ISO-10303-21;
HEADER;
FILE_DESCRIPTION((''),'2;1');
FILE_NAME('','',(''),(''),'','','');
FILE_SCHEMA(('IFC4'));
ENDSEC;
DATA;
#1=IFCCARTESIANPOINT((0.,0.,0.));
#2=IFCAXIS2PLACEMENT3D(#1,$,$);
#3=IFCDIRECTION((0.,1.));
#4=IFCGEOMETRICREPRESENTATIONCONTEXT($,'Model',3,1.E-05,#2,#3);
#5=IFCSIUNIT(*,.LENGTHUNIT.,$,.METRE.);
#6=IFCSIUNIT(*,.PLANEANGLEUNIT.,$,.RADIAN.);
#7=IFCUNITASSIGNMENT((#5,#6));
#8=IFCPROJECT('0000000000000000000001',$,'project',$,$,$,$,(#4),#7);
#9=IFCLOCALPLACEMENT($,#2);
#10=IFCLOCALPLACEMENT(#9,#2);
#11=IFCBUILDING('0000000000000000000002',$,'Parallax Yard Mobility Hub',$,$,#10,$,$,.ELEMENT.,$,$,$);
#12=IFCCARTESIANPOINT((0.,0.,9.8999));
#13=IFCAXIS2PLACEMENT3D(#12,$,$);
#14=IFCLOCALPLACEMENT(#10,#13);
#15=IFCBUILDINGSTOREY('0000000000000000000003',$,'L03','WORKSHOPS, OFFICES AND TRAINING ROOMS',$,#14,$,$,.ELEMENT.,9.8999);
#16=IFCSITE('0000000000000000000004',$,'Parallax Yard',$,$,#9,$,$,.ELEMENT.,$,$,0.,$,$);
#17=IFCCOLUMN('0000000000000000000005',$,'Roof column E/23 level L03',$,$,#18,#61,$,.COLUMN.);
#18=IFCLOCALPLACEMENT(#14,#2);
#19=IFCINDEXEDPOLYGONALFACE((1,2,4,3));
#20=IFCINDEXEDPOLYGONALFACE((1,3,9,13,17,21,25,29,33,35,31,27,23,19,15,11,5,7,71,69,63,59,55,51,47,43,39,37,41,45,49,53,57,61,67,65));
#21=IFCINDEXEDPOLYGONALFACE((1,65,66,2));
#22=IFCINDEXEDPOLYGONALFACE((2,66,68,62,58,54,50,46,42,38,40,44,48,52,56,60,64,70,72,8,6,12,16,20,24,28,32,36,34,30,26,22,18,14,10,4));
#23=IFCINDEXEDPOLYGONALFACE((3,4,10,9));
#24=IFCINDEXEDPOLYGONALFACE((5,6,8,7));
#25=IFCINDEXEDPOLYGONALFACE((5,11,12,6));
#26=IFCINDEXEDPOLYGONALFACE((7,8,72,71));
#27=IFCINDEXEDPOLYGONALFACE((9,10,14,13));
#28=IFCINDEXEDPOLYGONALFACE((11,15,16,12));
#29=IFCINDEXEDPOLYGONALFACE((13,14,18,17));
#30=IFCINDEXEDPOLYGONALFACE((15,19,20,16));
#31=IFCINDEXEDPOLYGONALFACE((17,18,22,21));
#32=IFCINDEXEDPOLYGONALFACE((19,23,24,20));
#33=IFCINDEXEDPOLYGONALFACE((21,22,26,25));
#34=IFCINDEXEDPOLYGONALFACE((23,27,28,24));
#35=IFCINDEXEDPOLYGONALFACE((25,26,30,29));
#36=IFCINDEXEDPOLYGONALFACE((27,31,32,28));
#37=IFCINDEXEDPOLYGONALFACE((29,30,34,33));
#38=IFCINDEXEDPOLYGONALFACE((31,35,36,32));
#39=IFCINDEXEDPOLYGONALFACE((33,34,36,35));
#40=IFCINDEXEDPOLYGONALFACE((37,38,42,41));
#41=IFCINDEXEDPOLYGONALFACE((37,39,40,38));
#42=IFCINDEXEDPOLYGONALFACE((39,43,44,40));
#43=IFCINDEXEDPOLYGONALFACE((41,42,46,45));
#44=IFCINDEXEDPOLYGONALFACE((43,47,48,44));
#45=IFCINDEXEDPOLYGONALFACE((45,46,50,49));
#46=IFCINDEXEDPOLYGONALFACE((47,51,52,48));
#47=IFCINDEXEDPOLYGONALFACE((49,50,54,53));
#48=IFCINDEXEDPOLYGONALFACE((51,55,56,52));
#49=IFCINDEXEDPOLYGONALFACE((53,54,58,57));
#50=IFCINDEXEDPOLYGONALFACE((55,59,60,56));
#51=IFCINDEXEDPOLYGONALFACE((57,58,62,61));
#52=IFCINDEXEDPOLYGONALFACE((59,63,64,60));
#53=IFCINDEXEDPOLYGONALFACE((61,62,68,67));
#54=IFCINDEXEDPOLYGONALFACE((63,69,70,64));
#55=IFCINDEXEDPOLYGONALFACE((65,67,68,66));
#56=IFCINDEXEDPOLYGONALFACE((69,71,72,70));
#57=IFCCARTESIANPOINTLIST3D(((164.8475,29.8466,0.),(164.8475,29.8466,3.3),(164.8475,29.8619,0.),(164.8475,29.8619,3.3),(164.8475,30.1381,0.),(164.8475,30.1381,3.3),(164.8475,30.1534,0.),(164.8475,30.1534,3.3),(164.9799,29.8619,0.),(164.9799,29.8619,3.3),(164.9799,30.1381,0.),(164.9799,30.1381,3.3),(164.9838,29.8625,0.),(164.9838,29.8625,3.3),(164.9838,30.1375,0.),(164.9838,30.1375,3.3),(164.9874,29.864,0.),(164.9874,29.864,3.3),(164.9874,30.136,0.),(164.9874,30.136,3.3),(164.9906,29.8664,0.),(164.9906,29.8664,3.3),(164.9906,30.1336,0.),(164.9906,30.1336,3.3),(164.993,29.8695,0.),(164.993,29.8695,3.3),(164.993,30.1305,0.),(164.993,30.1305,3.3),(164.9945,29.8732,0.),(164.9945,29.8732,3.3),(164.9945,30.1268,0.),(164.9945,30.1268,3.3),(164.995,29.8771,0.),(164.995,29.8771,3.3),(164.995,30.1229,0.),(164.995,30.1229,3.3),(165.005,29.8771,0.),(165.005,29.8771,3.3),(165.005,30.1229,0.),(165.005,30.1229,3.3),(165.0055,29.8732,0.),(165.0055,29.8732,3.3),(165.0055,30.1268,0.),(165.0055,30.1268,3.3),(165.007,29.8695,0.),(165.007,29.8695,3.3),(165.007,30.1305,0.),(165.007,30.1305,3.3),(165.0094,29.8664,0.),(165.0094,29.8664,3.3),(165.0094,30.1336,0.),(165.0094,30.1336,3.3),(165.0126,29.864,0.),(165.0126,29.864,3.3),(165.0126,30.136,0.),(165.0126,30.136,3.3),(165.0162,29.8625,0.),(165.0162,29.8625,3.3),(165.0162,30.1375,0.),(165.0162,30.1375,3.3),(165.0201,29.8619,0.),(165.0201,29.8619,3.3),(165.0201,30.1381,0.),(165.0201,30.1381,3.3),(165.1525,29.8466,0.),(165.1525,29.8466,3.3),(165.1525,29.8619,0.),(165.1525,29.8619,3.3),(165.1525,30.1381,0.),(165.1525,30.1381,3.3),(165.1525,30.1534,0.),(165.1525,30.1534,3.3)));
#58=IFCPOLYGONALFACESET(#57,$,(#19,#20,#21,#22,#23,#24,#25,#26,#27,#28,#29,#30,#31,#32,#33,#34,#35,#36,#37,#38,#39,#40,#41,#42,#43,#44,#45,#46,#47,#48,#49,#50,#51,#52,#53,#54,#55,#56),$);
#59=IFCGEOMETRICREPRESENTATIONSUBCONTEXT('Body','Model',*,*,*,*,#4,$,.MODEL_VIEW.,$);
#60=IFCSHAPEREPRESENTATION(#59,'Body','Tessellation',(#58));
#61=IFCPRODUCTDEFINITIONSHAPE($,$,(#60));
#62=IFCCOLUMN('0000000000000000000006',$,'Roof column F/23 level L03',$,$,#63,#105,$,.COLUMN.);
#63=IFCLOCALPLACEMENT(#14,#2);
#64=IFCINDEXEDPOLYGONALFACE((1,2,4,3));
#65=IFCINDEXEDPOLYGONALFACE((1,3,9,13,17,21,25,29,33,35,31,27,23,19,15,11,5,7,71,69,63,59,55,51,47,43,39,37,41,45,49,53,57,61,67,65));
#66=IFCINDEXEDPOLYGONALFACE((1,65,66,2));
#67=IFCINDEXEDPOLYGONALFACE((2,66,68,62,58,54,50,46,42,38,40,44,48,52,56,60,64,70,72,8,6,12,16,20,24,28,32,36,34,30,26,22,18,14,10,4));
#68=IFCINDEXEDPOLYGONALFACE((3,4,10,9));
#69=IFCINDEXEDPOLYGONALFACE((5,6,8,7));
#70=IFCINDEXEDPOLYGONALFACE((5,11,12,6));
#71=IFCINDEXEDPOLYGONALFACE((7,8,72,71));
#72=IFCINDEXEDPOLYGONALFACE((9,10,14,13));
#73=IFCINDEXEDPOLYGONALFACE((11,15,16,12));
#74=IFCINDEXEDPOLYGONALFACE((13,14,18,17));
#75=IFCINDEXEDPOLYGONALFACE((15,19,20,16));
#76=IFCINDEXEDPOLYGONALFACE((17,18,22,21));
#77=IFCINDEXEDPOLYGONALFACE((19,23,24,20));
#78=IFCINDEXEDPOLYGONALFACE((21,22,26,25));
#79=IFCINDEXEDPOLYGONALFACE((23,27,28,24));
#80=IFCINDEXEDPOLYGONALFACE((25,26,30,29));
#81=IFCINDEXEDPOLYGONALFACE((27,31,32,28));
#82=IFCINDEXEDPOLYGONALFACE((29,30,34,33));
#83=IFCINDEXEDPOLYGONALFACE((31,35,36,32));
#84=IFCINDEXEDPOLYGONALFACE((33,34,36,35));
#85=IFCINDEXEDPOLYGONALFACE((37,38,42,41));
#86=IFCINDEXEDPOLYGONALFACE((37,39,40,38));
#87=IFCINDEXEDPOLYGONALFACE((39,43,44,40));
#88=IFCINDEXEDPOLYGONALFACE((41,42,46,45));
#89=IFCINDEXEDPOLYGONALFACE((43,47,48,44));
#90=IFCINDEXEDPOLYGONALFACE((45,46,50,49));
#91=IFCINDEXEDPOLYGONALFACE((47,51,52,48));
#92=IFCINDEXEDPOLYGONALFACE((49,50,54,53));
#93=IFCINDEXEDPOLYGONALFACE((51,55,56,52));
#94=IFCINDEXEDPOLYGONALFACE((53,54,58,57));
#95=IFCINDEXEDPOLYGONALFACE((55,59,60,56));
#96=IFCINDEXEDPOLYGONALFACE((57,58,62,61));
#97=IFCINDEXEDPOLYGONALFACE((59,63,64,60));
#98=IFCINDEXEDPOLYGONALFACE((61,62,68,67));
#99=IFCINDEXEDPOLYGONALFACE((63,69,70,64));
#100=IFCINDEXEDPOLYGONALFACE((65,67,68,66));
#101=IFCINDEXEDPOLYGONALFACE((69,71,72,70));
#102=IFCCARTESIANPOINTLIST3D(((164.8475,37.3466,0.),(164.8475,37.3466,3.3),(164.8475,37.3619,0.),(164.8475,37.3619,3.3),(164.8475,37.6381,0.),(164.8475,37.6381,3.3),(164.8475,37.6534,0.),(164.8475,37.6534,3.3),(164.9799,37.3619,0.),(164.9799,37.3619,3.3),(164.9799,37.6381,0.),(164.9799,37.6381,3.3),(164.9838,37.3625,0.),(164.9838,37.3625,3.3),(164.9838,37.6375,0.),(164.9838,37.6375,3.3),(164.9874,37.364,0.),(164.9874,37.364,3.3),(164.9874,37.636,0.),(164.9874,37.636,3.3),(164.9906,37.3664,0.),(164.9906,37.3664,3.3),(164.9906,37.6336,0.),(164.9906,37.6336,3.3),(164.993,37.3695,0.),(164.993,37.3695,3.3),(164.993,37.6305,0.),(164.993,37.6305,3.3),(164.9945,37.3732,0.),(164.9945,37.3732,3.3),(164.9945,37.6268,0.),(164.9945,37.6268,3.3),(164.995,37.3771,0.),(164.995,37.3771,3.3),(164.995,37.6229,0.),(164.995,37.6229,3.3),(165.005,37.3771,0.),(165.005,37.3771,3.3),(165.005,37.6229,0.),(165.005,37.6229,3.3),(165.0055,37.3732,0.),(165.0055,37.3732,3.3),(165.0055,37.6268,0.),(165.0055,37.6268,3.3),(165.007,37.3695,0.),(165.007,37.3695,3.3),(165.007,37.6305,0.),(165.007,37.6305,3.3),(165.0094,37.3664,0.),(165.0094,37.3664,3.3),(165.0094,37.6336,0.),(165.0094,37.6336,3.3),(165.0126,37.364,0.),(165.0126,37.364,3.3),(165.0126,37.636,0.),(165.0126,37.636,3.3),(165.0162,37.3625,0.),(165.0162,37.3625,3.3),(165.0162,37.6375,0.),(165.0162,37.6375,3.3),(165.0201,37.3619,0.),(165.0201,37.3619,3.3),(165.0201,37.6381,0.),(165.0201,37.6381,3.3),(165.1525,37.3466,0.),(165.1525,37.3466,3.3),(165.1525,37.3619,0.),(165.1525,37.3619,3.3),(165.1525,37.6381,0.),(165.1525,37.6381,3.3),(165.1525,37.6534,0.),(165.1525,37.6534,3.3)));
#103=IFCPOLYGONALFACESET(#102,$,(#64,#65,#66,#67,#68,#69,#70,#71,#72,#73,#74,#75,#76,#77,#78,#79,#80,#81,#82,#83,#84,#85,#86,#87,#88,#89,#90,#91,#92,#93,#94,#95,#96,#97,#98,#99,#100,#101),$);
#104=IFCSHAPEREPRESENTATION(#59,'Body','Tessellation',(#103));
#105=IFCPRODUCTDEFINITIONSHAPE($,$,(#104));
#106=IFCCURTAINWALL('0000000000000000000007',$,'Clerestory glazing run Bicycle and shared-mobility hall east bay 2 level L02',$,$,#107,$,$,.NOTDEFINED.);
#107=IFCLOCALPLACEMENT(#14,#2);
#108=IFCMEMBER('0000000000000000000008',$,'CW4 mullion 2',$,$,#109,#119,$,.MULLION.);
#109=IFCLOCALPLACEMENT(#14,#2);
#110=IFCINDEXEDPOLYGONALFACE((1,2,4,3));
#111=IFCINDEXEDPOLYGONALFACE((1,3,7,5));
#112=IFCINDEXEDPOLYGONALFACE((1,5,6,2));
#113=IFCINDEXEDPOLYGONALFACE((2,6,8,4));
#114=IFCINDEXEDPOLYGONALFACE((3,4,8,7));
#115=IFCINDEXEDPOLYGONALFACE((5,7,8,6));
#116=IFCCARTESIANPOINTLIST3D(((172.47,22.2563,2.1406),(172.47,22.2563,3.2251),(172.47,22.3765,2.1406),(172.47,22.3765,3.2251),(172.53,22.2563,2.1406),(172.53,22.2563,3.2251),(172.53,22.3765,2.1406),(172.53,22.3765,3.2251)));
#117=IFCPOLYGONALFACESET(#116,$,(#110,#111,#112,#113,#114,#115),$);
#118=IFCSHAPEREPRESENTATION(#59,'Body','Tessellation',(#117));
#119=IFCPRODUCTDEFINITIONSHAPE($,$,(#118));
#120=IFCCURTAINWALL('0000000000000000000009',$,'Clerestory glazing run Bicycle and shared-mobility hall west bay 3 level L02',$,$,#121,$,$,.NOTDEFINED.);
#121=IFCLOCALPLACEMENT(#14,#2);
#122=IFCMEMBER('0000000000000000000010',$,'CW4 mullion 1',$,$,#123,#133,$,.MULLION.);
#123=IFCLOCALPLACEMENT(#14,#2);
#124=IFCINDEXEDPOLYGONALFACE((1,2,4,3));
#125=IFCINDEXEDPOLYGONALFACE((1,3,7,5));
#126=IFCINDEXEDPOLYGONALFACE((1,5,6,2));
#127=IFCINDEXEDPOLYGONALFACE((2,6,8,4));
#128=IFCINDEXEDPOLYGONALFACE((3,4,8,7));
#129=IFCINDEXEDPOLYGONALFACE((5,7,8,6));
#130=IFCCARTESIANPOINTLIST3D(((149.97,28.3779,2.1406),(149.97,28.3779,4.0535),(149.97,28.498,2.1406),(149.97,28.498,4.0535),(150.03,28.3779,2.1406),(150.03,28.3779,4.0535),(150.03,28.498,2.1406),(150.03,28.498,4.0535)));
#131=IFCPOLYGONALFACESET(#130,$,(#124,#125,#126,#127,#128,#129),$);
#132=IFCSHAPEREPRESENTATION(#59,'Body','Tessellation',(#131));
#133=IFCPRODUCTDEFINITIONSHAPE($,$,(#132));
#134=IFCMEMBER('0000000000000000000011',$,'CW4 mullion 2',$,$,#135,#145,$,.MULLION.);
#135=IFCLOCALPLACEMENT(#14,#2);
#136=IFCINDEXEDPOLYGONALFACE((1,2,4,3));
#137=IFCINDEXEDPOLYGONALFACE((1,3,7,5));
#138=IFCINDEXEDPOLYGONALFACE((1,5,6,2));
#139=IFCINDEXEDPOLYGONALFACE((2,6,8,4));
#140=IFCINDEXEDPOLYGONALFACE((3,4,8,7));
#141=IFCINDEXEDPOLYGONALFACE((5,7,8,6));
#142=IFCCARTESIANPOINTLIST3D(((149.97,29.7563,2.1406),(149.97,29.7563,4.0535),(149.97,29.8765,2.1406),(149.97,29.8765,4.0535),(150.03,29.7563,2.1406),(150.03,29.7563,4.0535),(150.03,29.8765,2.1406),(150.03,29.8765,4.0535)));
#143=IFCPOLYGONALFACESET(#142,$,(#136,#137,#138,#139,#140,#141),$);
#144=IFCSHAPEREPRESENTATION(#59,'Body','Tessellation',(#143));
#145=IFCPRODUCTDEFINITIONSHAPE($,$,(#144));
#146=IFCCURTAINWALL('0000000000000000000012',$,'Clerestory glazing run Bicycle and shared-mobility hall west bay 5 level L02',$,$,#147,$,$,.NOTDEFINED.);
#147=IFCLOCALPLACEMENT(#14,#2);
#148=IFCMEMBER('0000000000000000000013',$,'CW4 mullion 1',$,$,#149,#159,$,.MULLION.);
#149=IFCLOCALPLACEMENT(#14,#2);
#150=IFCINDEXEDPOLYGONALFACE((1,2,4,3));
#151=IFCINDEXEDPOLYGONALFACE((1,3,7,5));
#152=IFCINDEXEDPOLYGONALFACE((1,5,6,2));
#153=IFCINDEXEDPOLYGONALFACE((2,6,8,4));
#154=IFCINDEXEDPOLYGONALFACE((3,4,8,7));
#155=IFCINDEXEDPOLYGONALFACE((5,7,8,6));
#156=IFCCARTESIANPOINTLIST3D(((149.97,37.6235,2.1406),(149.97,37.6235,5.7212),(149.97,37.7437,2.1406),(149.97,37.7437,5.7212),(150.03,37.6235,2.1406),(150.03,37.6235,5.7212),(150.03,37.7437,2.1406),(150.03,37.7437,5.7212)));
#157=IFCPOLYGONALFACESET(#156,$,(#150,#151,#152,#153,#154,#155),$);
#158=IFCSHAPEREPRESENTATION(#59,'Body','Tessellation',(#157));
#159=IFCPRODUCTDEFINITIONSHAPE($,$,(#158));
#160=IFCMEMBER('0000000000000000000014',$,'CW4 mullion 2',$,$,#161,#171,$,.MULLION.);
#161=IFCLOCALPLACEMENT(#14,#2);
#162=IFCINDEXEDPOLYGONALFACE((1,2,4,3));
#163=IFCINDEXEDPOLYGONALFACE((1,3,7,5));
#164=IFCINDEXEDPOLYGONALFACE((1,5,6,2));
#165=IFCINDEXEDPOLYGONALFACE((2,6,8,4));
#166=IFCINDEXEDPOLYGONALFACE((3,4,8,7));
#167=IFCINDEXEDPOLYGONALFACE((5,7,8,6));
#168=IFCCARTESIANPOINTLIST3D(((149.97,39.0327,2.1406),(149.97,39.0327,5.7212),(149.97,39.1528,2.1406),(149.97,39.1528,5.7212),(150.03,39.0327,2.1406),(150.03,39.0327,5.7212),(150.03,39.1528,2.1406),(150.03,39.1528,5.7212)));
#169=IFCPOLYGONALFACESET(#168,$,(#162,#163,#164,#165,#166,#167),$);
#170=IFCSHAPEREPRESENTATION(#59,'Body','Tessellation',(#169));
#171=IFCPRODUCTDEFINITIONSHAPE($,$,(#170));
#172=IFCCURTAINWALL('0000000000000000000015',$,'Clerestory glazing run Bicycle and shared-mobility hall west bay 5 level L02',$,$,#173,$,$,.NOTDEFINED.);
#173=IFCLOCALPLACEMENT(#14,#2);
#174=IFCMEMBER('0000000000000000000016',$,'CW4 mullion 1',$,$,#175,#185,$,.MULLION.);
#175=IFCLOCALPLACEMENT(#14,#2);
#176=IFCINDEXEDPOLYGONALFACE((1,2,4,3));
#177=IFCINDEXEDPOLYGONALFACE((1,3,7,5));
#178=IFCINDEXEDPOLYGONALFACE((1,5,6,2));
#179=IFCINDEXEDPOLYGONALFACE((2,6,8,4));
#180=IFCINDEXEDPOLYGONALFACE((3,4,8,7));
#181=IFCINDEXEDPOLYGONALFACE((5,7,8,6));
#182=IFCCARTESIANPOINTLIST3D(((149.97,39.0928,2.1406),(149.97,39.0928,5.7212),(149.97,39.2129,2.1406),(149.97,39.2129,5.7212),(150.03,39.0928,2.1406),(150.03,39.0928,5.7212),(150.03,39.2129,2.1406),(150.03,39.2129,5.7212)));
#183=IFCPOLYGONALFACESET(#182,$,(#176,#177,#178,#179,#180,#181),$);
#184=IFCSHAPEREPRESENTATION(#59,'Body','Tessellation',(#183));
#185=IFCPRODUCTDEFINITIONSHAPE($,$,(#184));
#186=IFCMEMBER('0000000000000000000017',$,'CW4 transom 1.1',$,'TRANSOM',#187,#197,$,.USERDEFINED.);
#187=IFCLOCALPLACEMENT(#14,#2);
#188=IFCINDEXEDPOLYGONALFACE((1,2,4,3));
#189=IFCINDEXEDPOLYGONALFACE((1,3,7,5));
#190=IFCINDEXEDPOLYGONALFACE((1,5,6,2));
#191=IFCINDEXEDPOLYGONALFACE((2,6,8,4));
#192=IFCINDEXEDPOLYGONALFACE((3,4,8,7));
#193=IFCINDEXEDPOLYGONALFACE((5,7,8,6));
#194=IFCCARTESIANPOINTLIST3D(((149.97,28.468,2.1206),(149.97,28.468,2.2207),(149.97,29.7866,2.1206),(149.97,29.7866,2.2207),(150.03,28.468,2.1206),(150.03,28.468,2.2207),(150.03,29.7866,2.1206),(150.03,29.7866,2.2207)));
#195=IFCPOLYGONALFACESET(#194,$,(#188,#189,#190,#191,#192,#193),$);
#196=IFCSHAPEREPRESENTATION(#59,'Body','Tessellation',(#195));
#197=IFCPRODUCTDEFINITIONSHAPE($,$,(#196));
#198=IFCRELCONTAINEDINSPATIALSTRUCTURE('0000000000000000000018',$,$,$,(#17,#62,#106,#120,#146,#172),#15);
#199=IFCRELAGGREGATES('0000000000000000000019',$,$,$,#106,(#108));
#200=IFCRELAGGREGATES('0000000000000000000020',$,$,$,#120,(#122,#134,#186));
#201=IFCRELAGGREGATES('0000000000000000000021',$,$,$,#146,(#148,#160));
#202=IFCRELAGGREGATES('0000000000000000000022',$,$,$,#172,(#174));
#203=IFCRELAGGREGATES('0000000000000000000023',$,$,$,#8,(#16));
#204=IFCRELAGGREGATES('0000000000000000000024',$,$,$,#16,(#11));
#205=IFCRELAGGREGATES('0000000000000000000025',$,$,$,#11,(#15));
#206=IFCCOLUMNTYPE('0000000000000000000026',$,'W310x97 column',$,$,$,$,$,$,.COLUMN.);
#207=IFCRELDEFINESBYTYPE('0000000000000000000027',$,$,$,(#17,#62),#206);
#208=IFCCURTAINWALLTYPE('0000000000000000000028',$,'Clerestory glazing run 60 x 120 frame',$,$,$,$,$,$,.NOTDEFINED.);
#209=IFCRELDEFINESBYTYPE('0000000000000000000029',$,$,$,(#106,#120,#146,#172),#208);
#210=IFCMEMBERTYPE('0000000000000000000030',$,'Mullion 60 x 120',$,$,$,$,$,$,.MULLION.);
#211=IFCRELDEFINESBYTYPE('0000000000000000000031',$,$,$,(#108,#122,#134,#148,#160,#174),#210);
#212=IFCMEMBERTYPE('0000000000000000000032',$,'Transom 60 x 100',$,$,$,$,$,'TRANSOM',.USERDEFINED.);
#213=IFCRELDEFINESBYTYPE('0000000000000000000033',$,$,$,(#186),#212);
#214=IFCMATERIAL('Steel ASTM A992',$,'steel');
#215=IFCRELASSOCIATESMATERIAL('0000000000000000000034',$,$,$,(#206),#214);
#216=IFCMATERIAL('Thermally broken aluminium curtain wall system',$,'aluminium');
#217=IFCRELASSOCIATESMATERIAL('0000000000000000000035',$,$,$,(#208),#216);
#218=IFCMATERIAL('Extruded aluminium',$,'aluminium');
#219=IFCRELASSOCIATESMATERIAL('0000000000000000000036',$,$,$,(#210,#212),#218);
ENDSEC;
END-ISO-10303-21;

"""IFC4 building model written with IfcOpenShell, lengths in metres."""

from ifc_helpers import new_model, si_unit, direction, frame, origin, origin_2d, place, context, subcontext, project, spatial, rectangle, i_section, extrude, material, material_profile, profile_set, type_object, element, aggregate, save


model = new_model("IFC4")

# Units and contexts
model_context = context("Model", 3, precision=1e-05, world=origin(), true_north=direction((0.0, 1.0)))
body_context = subcontext(model_context, "Body", "Model", "MODEL_VIEW")
ifc_project = project(units=[si_unit("LENGTHUNIT", "METRE"), si_unit("PLANEANGLEUNIT", "RADIAN")], contexts=[model_context])

# Site, building, storey
site_placement = place(None, origin())
site = spatial("IfcSite", under=ifc_project, at=site_placement, Name="Parallax Yard", CompositionType="ELEMENT", RefElevation=0.0)
building_placement = place(site_placement, origin())
building = spatial("IfcBuilding", under=site, at=building_placement, Name="Parallax Yard Mobility Hub", CompositionType="ELEMENT")
storey_placement = place(building_placement, frame((0.0, 0.0, 9.8999)))
storey = spatial("IfcBuildingStorey", under=building, at=storey_placement, Name="L03", Description="WORKSHOPS, OFFICES AND TRAINING ROOMS", CompositionType="ELEMENT", Elevation=9.8999)

# Columns
ifc_material_1 = material(Name="Steel ASTM A992", Category="steel")
ifc_material_profile_1 = material_profile(ifc_material_1, i_section(OverallWidth=0.3049, OverallDepth=0.3069, WebThickness=0.01, FlangeThickness=0.0154, FilletRadius=0.0151, at=origin_2d()), Name="W310x97")
ifc_profile_set_1 = profile_set([ifc_material_profile_1], Name="Steel ASTM A992")
column_type_1 = type_object("IfcColumnType", Name="W310x97 column", PredefinedType="COLUMN", material=ifc_profile_set_1)
for number, where, z_axis, x_axis, name in (
    (1, (165.0, 30.0, 0.0), (0.0, 0.0, 1.0), (1.0, 0.0, 0.0), "Roof column E/23 level L03"),
    (2, (165.0, 37.5, 0.0), (0.0, 0.0, 1.0), (1.0, 0.0, 0.0), "Roof column F/23 level L03"),
):
    element("IfcColumn", number, at=place(storey_placement, frame(where, z_axis=z_axis, x_axis=x_axis)), inside=storey, type_object=column_type_1, Name=name, PredefinedType="COLUMN", context=body_context, shape_type="SweptSolid", body=[
        extrude(i_section(OverallWidth=0.3049, OverallDepth=0.3069, WebThickness=0.01, FlangeThickness=0.0154, FilletRadius=0.0151, at=origin_2d()), origin(), (0.0, 0.0, 1.0), 3.3),
    ])

# Curtain wall, member
ifc_material_2 = material(Name="Thermally broken aluminium curtain wall system", Category="aluminium")
curtain_wall_type = type_object("IfcCurtainWallType", Name="Clerestory glazing run 60 x 120 frame", PredefinedType="NOTDEFINED", material=ifc_material_2)
curtain_wall_1_placement = place(storey_placement, origin())
curtain_wall_1 = element("IfcCurtainWall", 3, at=curtain_wall_1_placement, inside=storey, type_object=curtain_wall_type, Name="Clerestory glazing run Bicycle and shared-mobility hall east bay 2 level L02", PredefinedType="NOTDEFINED")
ifc_material_3 = material(Name="Extruded aluminium", Category="aluminium")
ifc_material_profile_2 = material_profile(ifc_material_3, rectangle(XDim=0.0601, YDim=0.1201, at=origin_2d()), Name="Mullion 60 x 120")
ifc_profile_set_2 = profile_set([ifc_material_profile_2], Name="Extruded aluminium")
member_type_1 = type_object("IfcMemberType", Name="Mullion 60 x 120", PredefinedType="MULLION", material=ifc_profile_set_2)
member_1_placement = place(storey_placement, frame((172.5, 22.3164, 2.1406), z_axis=(0.0, 0.0, 1.0), x_axis=(-1.0, 0.0, 0.0)))
member_1 = element("IfcMember", 4, at=member_1_placement, type_object=member_type_1, Name="CW4 mullion 2", PredefinedType="MULLION", context=body_context, shape_type="SweptSolid", body=[
    extrude(rectangle(XDim=0.0601, YDim=0.1201, at=origin_2d()), origin(), (0.0, 0.0, 1.0), 1.0845),
])

# Curtain walls, members
curtain_wall_2_placement = place(storey_placement, origin())
curtain_wall_2 = element("IfcCurtainWall", 5, at=curtain_wall_2_placement, inside=storey, type_object=curtain_wall_type, Name="Clerestory glazing run Bicycle and shared-mobility hall west bay 3 level L02", PredefinedType="NOTDEFINED")
member_2_placement = place(storey_placement, frame((150.0, 28.438, 2.1406), z_axis=(0.0, 0.0, 1.0), x_axis=(-1.0, 0.0, 0.0)))
member_2 = element("IfcMember", 6, at=member_2_placement, type_object=member_type_1, Name="CW4 mullion 1", PredefinedType="MULLION", context=body_context, shape_type="SweptSolid", body=[
    extrude(rectangle(XDim=0.0601, YDim=0.1201, at=origin_2d()), origin(), (0.0, 0.0, 1.0), 1.9128),
])
member_3_placement = place(storey_placement, frame((150.0, 29.8164, 2.1406), z_axis=(0.0, 0.0, 1.0), x_axis=(-1.0, 0.0, 0.0)))
member_3 = element("IfcMember", 7, at=member_3_placement, type_object=member_type_1, Name="CW4 mullion 2", PredefinedType="MULLION", context=body_context, shape_type="SweptSolid", body=[
    extrude(rectangle(XDim=0.0601, YDim=0.1201, at=origin_2d()), origin(), (0.0, 0.0, 1.0), 1.9128),
])
curtain_wall_3_placement = place(storey_placement, origin())
curtain_wall_3 = element("IfcCurtainWall", 8, at=curtain_wall_3_placement, inside=storey, type_object=curtain_wall_type, Name="Clerestory glazing run Bicycle and shared-mobility hall west bay 5 level L02", PredefinedType="NOTDEFINED")
member_4_placement = place(storey_placement, frame((150.0, 37.6836, 2.1406), z_axis=(0.0, 0.0, 1.0), x_axis=(-1.0, 0.0, 0.0)))
member_4 = element("IfcMember", 9, at=member_4_placement, type_object=member_type_1, Name="CW4 mullion 1", PredefinedType="MULLION", context=body_context, shape_type="SweptSolid", body=[
    extrude(rectangle(XDim=0.0601, YDim=0.1201, at=origin_2d()), origin(), (0.0, 0.0, 1.0), 3.5806),
])
member_5_placement = place(storey_placement, frame((150.0, 39.0928, 2.1406), z_axis=(0.0, 0.0, 1.0), x_axis=(-1.0, 0.0, 0.0)))
member_5 = element("IfcMember", 10, at=member_5_placement, type_object=member_type_1, Name="CW4 mullion 2", PredefinedType="MULLION", context=body_context, shape_type="SweptSolid", body=[
    extrude(rectangle(XDim=0.0601, YDim=0.1201, at=origin_2d()), origin(), (0.0, 0.0, 1.0), 3.5806),
])

# Curtain wall, member
curtain_wall_4_placement = place(storey_placement, origin())
curtain_wall_4 = element("IfcCurtainWall", 11, at=curtain_wall_4_placement, inside=storey, type_object=curtain_wall_type, Name="Clerestory glazing run Bicycle and shared-mobility hall west bay 5 level L02", PredefinedType="NOTDEFINED")
member_6_placement = place(storey_placement, frame((150.0, 39.1528, 2.1406), z_axis=(0.0, 0.0, 1.0), x_axis=(-1.0, 0.0, 0.0)))
member_6 = element("IfcMember", 12, at=member_6_placement, type_object=member_type_1, Name="CW4 mullion 1", PredefinedType="MULLION", context=body_context, shape_type="SweptSolid", body=[
    extrude(rectangle(XDim=0.0601, YDim=0.1201, at=origin_2d()), origin(), (0.0, 0.0, 1.0), 3.5806),
])

# Member
ifc_material_profile_3 = material_profile(ifc_material_3, rectangle(XDim=0.0601, YDim=0.1001, at=origin_2d()), Name="Transom 60 x 100")
ifc_profile_set_3 = profile_set([ifc_material_profile_3], Name="Extruded aluminium")
member_type_2 = type_object("IfcMemberType", Name="Transom 60 x 100", ElementType="TRANSOM", PredefinedType="USERDEFINED", material=ifc_profile_set_3)
member_7_placement = place(storey_placement, frame((150.0, 28.468, 2.1707), z_axis=(0.0, 1.0, 0.0), x_axis=(-1.0, 0.0, 0.0)))
member_7 = element("IfcMember", 13, at=member_7_placement, type_object=member_type_2, Name="CW4 transom 1.1", ObjectType="TRANSOM", PredefinedType="USERDEFINED", context=body_context, shape_type="SweptSolid", body=[
    extrude(rectangle(XDim=0.0601, YDim=0.1001, at=origin_2d()), origin(), (0.0, 0.0, 1.0), 1.3186),
])

aggregate(curtain_wall_1, [member_1])
aggregate(curtain_wall_2, [member_2, member_3, member_7])
aggregate(curtain_wall_3, [member_4, member_5])
aggregate(curtain_wall_4, [member_6])

save(model, "model.ifc")
